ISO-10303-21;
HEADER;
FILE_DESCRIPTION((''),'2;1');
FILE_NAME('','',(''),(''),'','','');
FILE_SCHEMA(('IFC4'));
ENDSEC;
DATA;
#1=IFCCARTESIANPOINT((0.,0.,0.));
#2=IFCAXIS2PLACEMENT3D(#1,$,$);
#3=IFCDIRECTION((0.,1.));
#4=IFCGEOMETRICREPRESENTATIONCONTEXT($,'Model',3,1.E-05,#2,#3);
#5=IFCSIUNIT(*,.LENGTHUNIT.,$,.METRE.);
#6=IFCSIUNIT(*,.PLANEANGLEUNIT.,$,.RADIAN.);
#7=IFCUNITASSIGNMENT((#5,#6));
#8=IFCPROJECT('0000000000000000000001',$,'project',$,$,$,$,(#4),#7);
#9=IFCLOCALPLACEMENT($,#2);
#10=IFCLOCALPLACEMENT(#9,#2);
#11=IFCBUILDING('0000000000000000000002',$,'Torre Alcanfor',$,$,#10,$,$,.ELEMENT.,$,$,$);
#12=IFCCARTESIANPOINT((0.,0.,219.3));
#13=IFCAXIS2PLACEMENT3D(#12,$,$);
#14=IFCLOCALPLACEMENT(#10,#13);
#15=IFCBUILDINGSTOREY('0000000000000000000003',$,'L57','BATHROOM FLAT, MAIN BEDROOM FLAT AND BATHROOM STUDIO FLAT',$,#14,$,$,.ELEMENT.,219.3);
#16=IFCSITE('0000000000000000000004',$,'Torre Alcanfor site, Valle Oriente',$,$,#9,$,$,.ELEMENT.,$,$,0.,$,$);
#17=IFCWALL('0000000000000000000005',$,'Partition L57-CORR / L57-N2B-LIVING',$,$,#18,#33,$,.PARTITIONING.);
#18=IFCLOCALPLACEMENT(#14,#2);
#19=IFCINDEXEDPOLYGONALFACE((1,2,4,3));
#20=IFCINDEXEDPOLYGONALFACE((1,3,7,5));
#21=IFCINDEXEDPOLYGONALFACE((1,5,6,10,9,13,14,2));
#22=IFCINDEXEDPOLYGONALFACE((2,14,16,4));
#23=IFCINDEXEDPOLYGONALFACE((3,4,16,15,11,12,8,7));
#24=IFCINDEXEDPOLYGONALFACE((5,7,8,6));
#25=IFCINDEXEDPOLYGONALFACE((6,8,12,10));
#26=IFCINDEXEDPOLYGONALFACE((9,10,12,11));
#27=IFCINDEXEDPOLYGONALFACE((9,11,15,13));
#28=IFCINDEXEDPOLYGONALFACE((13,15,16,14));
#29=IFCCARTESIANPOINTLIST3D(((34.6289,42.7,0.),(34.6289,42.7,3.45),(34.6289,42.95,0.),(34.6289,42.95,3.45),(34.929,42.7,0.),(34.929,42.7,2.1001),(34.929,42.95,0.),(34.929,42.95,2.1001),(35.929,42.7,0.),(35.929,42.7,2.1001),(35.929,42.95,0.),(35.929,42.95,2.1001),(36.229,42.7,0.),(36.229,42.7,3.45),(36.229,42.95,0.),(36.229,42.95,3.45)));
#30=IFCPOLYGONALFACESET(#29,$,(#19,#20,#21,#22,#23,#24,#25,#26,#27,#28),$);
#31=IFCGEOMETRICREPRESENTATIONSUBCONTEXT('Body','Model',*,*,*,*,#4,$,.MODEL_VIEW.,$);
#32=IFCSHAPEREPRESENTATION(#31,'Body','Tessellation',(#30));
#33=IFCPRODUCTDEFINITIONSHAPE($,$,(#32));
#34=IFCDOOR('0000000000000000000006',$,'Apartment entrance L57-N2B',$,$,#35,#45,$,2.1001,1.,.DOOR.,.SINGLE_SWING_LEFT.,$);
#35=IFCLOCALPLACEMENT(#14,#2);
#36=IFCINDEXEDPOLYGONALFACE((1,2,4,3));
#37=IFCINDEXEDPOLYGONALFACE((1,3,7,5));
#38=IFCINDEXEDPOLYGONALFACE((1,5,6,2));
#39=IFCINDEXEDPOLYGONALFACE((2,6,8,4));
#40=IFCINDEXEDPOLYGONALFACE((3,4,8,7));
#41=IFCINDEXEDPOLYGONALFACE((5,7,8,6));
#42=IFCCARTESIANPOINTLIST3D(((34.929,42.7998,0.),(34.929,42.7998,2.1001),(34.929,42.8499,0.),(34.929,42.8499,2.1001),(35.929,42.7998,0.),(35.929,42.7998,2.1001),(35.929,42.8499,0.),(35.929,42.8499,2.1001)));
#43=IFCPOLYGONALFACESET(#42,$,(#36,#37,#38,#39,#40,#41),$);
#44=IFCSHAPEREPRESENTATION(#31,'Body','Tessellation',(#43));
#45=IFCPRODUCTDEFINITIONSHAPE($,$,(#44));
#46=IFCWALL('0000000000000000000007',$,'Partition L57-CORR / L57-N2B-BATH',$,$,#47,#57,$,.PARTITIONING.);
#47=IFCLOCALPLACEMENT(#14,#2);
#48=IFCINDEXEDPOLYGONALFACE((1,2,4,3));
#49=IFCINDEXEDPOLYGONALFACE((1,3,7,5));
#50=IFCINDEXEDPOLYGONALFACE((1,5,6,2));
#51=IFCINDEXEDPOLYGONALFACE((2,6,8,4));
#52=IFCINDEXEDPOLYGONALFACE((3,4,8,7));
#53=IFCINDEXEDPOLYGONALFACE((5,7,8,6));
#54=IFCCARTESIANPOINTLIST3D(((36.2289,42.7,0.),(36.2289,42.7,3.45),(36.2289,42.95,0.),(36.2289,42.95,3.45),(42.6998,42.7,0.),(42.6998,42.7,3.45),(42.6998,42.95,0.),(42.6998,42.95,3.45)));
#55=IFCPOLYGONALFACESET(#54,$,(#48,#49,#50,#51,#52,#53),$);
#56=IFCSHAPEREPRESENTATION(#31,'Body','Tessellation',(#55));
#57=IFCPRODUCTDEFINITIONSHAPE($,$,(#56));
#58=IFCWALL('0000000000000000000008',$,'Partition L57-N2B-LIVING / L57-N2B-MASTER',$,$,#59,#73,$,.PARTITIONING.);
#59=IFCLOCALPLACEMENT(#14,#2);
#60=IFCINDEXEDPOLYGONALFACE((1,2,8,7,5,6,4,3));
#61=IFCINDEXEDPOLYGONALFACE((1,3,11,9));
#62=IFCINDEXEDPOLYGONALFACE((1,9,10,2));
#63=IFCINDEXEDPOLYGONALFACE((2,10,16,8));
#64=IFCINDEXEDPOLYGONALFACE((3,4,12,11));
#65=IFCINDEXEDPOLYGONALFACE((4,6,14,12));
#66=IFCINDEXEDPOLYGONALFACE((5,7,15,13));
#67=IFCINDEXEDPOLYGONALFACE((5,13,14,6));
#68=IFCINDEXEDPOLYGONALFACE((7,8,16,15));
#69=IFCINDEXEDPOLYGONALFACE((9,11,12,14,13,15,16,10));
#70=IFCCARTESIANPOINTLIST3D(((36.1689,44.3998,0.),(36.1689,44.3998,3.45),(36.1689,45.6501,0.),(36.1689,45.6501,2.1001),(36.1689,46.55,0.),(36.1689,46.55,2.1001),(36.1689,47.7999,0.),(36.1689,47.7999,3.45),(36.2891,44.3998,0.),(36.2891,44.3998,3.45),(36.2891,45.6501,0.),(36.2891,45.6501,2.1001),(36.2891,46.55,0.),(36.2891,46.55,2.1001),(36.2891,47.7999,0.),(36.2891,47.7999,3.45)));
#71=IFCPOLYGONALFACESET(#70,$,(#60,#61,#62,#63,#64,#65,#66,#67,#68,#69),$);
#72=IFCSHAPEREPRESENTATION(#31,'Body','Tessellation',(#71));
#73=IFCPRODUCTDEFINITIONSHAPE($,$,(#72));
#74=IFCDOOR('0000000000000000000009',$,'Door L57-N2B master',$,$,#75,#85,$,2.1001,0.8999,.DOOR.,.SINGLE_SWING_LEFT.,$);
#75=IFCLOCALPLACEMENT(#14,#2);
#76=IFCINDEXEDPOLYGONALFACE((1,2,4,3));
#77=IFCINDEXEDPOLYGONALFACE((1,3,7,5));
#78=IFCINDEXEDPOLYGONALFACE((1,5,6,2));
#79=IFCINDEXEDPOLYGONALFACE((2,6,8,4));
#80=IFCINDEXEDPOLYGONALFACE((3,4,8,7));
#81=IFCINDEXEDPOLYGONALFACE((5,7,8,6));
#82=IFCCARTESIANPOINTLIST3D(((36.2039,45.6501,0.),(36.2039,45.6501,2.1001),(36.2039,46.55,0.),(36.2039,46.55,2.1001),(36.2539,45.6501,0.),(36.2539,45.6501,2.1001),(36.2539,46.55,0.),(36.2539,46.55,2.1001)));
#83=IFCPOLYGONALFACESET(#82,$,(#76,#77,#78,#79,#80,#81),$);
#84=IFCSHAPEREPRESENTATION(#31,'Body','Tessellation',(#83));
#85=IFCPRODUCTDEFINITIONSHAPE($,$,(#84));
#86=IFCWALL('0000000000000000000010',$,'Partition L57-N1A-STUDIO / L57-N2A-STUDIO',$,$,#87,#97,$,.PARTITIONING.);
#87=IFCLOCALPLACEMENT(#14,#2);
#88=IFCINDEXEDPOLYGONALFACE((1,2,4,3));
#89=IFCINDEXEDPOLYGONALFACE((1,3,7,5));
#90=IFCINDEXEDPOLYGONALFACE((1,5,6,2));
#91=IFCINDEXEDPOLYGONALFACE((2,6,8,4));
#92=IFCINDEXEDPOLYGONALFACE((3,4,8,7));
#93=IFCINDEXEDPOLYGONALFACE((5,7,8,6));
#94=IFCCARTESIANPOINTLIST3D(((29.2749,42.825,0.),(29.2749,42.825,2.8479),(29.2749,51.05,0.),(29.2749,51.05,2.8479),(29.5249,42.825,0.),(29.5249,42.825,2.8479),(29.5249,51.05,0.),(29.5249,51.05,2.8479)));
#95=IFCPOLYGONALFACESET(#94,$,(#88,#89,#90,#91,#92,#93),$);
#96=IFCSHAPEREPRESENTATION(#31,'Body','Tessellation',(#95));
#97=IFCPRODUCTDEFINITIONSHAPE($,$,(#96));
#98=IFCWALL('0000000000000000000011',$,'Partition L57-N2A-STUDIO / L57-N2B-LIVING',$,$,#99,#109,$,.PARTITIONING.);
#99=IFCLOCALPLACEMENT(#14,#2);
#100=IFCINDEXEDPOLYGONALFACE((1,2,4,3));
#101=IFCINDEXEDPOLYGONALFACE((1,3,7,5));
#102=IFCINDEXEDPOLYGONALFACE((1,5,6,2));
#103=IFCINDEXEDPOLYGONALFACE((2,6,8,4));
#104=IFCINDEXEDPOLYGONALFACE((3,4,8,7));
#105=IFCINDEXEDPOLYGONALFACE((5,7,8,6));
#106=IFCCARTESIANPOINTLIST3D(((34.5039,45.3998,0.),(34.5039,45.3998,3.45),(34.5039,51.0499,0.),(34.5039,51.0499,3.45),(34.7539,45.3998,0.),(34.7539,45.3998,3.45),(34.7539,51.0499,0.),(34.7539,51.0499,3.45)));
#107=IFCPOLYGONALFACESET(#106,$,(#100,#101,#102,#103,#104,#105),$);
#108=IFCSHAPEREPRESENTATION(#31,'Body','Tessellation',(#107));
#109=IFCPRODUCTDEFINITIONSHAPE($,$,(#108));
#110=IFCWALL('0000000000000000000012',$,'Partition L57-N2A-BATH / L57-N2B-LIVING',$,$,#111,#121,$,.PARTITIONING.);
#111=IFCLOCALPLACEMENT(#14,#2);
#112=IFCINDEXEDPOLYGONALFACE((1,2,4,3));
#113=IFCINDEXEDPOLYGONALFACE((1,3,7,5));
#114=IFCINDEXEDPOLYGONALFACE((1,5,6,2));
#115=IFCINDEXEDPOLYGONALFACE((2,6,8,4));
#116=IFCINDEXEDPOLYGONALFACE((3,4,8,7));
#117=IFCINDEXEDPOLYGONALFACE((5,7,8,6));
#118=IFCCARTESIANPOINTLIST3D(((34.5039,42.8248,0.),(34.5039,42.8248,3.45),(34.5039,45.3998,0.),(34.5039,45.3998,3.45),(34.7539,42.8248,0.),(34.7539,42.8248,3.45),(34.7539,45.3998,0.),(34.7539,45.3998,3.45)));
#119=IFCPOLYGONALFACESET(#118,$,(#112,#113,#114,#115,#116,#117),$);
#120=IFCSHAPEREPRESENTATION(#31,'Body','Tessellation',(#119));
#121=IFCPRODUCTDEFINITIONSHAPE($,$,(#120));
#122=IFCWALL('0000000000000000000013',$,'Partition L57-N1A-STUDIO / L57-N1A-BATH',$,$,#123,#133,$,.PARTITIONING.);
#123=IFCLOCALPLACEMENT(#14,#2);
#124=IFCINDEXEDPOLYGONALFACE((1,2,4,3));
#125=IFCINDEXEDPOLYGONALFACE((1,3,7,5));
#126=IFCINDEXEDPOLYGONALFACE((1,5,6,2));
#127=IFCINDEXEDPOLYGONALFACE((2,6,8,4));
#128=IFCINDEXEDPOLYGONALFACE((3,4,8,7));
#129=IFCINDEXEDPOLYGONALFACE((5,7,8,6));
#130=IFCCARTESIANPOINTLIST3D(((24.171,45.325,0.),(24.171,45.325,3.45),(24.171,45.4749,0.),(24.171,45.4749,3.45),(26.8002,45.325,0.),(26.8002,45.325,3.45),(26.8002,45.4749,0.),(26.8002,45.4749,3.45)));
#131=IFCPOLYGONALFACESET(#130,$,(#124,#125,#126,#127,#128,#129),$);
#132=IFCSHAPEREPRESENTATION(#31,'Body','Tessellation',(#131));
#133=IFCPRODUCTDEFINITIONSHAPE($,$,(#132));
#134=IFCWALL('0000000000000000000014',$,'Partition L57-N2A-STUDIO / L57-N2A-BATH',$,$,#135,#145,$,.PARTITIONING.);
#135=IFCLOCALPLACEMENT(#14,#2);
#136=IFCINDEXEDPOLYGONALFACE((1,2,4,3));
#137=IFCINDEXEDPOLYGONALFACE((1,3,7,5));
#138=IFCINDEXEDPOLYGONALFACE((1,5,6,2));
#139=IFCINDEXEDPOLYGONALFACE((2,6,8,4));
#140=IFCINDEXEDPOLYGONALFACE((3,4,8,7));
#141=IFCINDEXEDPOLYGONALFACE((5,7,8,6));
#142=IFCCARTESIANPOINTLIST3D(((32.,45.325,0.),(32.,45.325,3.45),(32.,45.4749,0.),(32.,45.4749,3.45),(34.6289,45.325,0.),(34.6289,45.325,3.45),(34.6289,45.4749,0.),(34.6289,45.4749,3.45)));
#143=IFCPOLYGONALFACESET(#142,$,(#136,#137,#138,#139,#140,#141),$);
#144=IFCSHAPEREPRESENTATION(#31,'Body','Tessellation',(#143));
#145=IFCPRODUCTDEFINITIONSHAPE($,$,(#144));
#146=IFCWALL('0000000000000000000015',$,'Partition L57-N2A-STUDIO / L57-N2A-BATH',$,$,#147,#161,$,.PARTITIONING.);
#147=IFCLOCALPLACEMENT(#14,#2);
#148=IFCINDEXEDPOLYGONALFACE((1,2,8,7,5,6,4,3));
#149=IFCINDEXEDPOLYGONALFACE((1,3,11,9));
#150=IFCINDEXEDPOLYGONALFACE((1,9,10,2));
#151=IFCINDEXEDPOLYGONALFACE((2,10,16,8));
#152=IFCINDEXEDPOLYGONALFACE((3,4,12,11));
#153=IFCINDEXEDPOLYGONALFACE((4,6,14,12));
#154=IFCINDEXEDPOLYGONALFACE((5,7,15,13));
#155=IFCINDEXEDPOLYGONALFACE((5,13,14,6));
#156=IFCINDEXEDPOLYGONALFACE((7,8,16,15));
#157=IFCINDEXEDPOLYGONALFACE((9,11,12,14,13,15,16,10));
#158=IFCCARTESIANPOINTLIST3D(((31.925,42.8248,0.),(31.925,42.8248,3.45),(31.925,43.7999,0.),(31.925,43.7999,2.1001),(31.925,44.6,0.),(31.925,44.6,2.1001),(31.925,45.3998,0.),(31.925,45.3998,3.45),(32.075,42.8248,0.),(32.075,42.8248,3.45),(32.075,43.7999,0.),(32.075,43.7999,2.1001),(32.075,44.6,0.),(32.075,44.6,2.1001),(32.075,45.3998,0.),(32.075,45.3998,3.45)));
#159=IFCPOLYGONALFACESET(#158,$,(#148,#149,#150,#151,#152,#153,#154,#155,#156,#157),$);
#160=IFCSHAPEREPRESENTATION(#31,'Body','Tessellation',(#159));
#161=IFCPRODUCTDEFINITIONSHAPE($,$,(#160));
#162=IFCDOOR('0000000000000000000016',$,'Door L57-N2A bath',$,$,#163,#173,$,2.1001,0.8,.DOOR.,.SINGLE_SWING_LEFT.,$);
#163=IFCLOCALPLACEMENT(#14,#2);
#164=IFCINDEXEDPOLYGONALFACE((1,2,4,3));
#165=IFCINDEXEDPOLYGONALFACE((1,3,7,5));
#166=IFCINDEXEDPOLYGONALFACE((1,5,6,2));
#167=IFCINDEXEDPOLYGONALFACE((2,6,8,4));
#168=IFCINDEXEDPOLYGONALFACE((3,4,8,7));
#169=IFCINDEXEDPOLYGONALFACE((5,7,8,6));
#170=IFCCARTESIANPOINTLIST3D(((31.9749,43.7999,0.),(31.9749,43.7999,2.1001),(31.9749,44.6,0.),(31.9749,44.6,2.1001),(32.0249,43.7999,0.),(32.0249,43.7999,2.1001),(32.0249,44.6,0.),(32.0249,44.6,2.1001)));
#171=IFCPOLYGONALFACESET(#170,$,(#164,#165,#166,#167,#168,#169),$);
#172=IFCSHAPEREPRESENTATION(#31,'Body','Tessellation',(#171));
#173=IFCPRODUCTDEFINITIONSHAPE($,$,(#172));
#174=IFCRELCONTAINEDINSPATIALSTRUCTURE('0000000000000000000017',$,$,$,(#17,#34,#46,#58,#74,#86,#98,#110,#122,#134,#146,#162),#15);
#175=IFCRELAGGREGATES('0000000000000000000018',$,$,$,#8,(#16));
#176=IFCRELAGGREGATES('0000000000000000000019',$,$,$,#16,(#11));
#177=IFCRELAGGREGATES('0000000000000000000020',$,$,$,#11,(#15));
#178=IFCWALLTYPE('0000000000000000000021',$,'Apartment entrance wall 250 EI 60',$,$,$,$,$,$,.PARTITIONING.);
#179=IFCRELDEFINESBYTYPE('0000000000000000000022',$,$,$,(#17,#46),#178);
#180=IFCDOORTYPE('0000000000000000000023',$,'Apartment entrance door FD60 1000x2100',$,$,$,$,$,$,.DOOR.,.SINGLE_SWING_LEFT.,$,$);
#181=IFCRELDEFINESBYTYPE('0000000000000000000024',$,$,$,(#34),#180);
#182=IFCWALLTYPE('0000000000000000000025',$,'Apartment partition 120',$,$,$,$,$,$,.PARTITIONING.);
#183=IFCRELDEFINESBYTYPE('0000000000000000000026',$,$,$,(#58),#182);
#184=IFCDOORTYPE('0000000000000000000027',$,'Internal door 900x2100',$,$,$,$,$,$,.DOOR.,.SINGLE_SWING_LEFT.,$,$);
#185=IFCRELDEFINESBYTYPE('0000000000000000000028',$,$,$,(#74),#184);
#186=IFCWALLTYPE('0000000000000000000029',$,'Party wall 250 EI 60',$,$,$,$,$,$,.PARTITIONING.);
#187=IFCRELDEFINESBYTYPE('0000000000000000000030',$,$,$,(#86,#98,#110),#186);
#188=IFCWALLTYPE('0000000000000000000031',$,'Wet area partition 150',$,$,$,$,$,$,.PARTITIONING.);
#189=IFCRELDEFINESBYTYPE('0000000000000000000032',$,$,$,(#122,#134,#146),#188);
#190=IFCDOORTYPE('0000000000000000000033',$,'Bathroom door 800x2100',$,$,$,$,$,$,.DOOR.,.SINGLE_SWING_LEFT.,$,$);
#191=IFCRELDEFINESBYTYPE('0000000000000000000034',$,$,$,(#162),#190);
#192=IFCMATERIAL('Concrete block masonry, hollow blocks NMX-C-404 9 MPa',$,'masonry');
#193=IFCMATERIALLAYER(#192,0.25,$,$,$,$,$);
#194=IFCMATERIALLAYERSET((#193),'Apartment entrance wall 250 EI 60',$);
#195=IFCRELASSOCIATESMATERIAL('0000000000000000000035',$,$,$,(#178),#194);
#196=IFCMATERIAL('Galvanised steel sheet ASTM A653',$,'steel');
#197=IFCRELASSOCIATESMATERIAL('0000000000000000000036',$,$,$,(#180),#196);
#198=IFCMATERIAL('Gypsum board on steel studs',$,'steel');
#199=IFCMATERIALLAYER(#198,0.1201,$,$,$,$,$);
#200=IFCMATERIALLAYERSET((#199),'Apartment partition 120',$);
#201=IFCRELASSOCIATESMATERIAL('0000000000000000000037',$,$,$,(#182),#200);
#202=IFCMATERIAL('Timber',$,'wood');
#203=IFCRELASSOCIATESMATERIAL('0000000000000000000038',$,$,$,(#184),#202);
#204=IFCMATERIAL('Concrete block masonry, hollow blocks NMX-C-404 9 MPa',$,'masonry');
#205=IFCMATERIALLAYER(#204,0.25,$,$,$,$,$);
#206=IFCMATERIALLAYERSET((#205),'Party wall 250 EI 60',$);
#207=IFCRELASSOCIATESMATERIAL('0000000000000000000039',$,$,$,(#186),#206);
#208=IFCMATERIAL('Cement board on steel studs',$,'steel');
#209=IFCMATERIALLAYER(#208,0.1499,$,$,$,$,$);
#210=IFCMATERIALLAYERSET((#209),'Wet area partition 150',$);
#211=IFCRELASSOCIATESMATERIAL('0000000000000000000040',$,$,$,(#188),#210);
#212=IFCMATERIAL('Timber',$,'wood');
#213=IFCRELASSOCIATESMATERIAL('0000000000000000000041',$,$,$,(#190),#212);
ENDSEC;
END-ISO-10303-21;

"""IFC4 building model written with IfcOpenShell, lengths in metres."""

from ifc_helpers import new_model, si_unit, direction, frame, frame_2d, origin, place, context, subcontext, project, spatial, rectangle, extrude, material, layer, layer_set, type_object, element, fill, save


model = new_model("IFC4")

# Units and contexts
model_context = context("Model", 3, precision=1e-05, world=origin(), true_north=direction((0.0, 1.0)))
body_context = subcontext(model_context, "Body", "Model", "MODEL_VIEW")
ifc_project = project(units=[si_unit("LENGTHUNIT", "METRE"), si_unit("PLANEANGLEUNIT", "RADIAN")], contexts=[model_context])

# Site, building, storey
site_placement = place(None, origin())
site = spatial("IfcSite", under=ifc_project, at=site_placement, Name="Torre Alcanfor site, Valle Oriente", CompositionType="ELEMENT", RefElevation=0.0)
building_placement = place(site_placement, origin())
building = spatial("IfcBuilding", under=site, at=building_placement, Name="Torre Alcanfor", CompositionType="ELEMENT")
storey_placement = place(building_placement, frame((0.0, 0.0, 219.3)))
storey = spatial("IfcBuildingStorey", under=building, at=storey_placement, Name="L57", Description="BATHROOM FLAT, MAIN BEDROOM FLAT AND BATHROOM STUDIO FLAT", CompositionType="ELEMENT", Elevation=219.3)

# Shared definitions
ifc_material_1 = material(Name="Concrete block masonry, hollow blocks NMX-C-404 9 MPa", Category="masonry")
ifc_layer_1 = layer(ifc_material_1, 0.25)
ifc_layer_set_1 = layer_set([ifc_layer_1], Name="Apartment entrance wall 250 EI 60")
wall_type_1 = type_object("IfcWallType", Name="Apartment entrance wall 250 EI 60", PredefinedType="PARTITIONING", material=ifc_layer_set_1)

# Wall, opening, door
wall_1_placement = place(storey_placement, frame((34.6289, 42.825, 0.0), z_axis=(0.0, 0.0, 1.0), x_axis=(1.0, 0.0, 0.0)))
wall_1 = element("IfcWall", 1, at=wall_1_placement, inside=storey, type_object=wall_type_1, Name="Partition L57-CORR / L57-N2B-LIVING", PredefinedType="PARTITIONING", context=body_context, shape_type="SweptSolid", body=[
    extrude(rectangle(XDim=1.6001, YDim=0.25, at=frame_2d((0.8, 0.0))), origin(), (0.0, 0.0, 1.0), 3.45),
])
opening_1_placement = place(wall_1_placement, frame((0.3, 0.0, 0.0)))
opening_1 = element("IfcOpeningElement", 2, at=opening_1_placement, cuts=wall_1, PredefinedType="OPENING", context=body_context, shape_type="SweptSolid", body=[
    extrude(rectangle(XDim=1.0, YDim=2.1001, at=frame_2d((0.5, 1.05))), frame((0.0, 0.135, 0.0), z_axis=(0.0, -1.0, 0.0), x_axis=(1.0, 0.0, 0.0)), (0.0, 0.0, 1.0), 0.27),
])
ifc_material_2 = material(Name="Galvanised steel sheet ASTM A653", Category="steel")
door_type_1 = type_object("IfcDoorType", Name="Apartment entrance door FD60 1000x2100", OperationType="SINGLE_SWING_LEFT", PredefinedType="DOOR", material=ifc_material_2)
door_1_placement = place(opening_1_placement, origin())
door_1 = element("IfcDoor", 3, at=door_1_placement, inside=storey, type_object=door_type_1, Name="Apartment entrance L57-N2B", OperationType="SINGLE_SWING_LEFT", OverallHeight=2.1001, OverallWidth=1.0, PredefinedType="DOOR", context=body_context, shape_type="SweptSolid", body=[
    extrude(rectangle(XDim=1.0, YDim=2.1001, at=frame_2d((0.5, 1.05))), frame((0.0, 0.0249, 0.0), z_axis=(0.0, -1.0, 0.0), x_axis=(1.0, 0.0, 0.0)), (0.0, 0.0, 1.0), 0.05),
])
fill(opening_1, door_1)

# Wall
wall_2_placement = place(storey_placement, frame((36.229, 42.825, 0.0), z_axis=(0.0, 0.0, 1.0), x_axis=(1.0, 0.0, 0.0)))
element("IfcWall", 4, at=wall_2_placement, inside=storey, type_object=wall_type_1, Name="Partition L57-CORR / L57-N2B-BATH", PredefinedType="PARTITIONING", context=body_context, shape_type="SweptSolid", body=[
    extrude(rectangle(XDim=6.4709, YDim=0.25, at=frame_2d((3.2354, 0.0))), origin(), (0.0, 0.0, 1.0), 3.45),
])

# Wall, opening, door
ifc_material_3 = material(Name="Gypsum board on steel studs", Category="steel")
ifc_layer_2 = layer(ifc_material_3, 0.1201)
ifc_layer_set_2 = layer_set([ifc_layer_2], Name="Apartment partition 120")
wall_type_2 = type_object("IfcWallType", Name="Apartment partition 120", PredefinedType="PARTITIONING", material=ifc_layer_set_2)
wall_3_placement = place(storey_placement, frame((36.229, 47.8, 0.0), z_axis=(0.0, 0.0, 1.0), x_axis=(0.0, -1.0, 0.0)))
wall_3 = element("IfcWall", 5, at=wall_3_placement, inside=storey, type_object=wall_type_2, Name="Partition L57-N2B-LIVING / L57-N2B-MASTER", PredefinedType="PARTITIONING", context=body_context, shape_type="SweptSolid", body=[
    extrude(rectangle(XDim=3.4001, YDim=0.1201, at=frame_2d((1.7002, 0.0))), origin(), (0.0, 0.0, 1.0), 3.45),
])
opening_2_placement = place(wall_3_placement, frame((1.25, 0.0, 0.0)))
opening_2 = element("IfcOpeningElement", 6, at=opening_2_placement, cuts=wall_3, PredefinedType="OPENING", context=body_context, shape_type="SweptSolid", body=[
    extrude(rectangle(XDim=0.8999, YDim=2.1001, at=frame_2d((0.45, 1.05))), frame((0.0, 0.0701, 0.0), z_axis=(0.0, -1.0, 0.0), x_axis=(1.0, 0.0, 0.0)), (0.0, 0.0, 1.0), 0.1401),
])
ifc_material_4 = material(Name="Timber", Category="wood")
door_type_2 = type_object("IfcDoorType", Name="Internal door 900x2100", OperationType="SINGLE_SWING_LEFT", PredefinedType="DOOR", material=ifc_material_4)
door_2_placement = place(opening_2_placement, origin())
door_2 = element("IfcDoor", 7, at=door_2_placement, inside=storey, type_object=door_type_2, Name="Door L57-N2B master", OperationType="SINGLE_SWING_LEFT", OverallHeight=2.1001, OverallWidth=0.8999, PredefinedType="DOOR", context=body_context, shape_type="SweptSolid", body=[
    extrude(rectangle(XDim=0.8999, YDim=2.1001, at=frame_2d((0.45, 1.05))), frame((0.0, 0.0249, 0.0), z_axis=(0.0, -1.0, 0.0), x_axis=(1.0, 0.0, 0.0)), (0.0, 0.0, 1.0), 0.05),
])
fill(opening_2, door_2)

# Walls
ifc_material_5 = material(Name="Concrete block masonry, hollow blocks NMX-C-404 9 MPa", Category="masonry")
ifc_layer_3 = layer(ifc_material_5, 0.25)
ifc_layer_set_3 = layer_set([ifc_layer_3], Name="Party wall 250 EI 60")
wall_type_3 = type_object("IfcWallType", Name="Party wall 250 EI 60", PredefinedType="PARTITIONING", material=ifc_layer_set_3)
wall_4_placement = place(storey_placement, frame((29.3999, 51.05, 0.0), z_axis=(0.0, 0.0, 1.0), x_axis=(0.0, -1.0, 0.0)))
element("IfcWall", 8, at=wall_4_placement, inside=storey, type_object=wall_type_3, Name="Partition L57-N1A-STUDIO / L57-N2A-STUDIO", PredefinedType="PARTITIONING", context=body_context, shape_type="SweptSolid", body=[
    extrude(rectangle(XDim=8.2251, YDim=0.25, at=frame_2d((4.1125, 0.0))), origin(), (0.0, 0.0, 1.0), 2.8479),
])
wall_5_placement = place(storey_placement, frame((34.6289, 51.05, 0.0), z_axis=(0.0, 0.0, 1.0), x_axis=(0.0, -1.0, 0.0)))
element("IfcWall", 9, at=wall_5_placement, inside=storey, type_object=wall_type_3, Name="Partition L57-N2A-STUDIO / L57-N2B-LIVING", PredefinedType="PARTITIONING", context=body_context, shape_type="SweptSolid", body=[
    extrude(rectangle(XDim=5.6501, YDim=0.25, at=frame_2d((2.8252, 0.0))), origin(), (0.0, 0.0, 1.0), 3.45),
])
wall_6_placement = place(storey_placement, frame((34.6289, 45.3999, 0.0), z_axis=(0.0, 0.0, 1.0), x_axis=(0.0, -1.0, 0.0)))
element("IfcWall", 10, at=wall_6_placement, inside=storey, type_object=wall_type_3, Name="Partition L57-N2A-BATH / L57-N2B-LIVING", PredefinedType="PARTITIONING", context=body_context, shape_type="SweptSolid", body=[
    extrude(rectangle(XDim=2.575, YDim=0.25, at=frame_2d((1.2876, 0.0))), origin(), (0.0, 0.0, 1.0), 3.45),
])
ifc_material_6 = material(Name="Cement board on steel studs", Category="steel")
ifc_layer_4 = layer(ifc_material_6, 0.1499)
ifc_layer_set_4 = layer_set([ifc_layer_4], Name="Wet area partition 150")
wall_type_4 = type_object("IfcWallType", Name="Wet area partition 150", PredefinedType="PARTITIONING", material=ifc_layer_set_4)
wall_7_placement = place(storey_placement, frame((26.8, 45.3999, 0.0), z_axis=(0.0, 0.0, 1.0), x_axis=(-1.0, 0.0, 0.0)))
element("IfcWall", 11, at=wall_7_placement, inside=storey, type_object=wall_type_4, Name="Partition L57-N1A-STUDIO / L57-N1A-BATH", PredefinedType="PARTITIONING", context=body_context, shape_type="SweptSolid", body=[
    extrude(rectangle(XDim=2.6292, YDim=0.1499, at=frame_2d((1.3145, 0.0))), origin(), (0.0, 0.0, 1.0), 3.45),
])
wall_8_placement = place(storey_placement, frame((34.6289, 45.3999, 0.0), z_axis=(0.0, 0.0, 1.0), x_axis=(-1.0, 0.0, 0.0)))
element("IfcWall", 12, at=wall_8_placement, inside=storey, type_object=wall_type_4, Name="Partition L57-N2A-STUDIO / L57-N2A-BATH", PredefinedType="PARTITIONING", context=body_context, shape_type="SweptSolid", body=[
    extrude(rectangle(XDim=2.6289, YDim=0.1499, at=frame_2d((1.3145, 0.0))), origin(), (0.0, 0.0, 1.0), 3.45),
])

# Wall, opening, door
wall_9_placement = place(storey_placement, frame((32.0, 45.3999, 0.0), z_axis=(0.0, 0.0, 1.0), x_axis=(0.0, -1.0, 0.0)))
wall_9 = element("IfcWall", 13, at=wall_9_placement, inside=storey, type_object=wall_type_4, Name="Partition L57-N2A-STUDIO / L57-N2A-BATH", PredefinedType="PARTITIONING", context=body_context, shape_type="SweptSolid", body=[
    extrude(rectangle(XDim=2.575, YDim=0.1499, at=frame_2d((1.2876, 0.0))), origin(), (0.0, 0.0, 1.0), 3.45),
])
opening_3_placement = place(wall_9_placement, frame((0.8, 0.0, 0.0)))
opening_3 = element("IfcOpeningElement", 14, at=opening_3_placement, cuts=wall_9, PredefinedType="OPENING", context=body_context, shape_type="SweptSolid", body=[
    extrude(rectangle(XDim=0.8, YDim=2.1001, at=frame_2d((0.3999, 1.05))), frame((0.0, 0.085, 0.0), z_axis=(0.0, -1.0, 0.0), x_axis=(1.0, 0.0, 0.0)), (0.0, 0.0, 1.0), 0.1699),
])
ifc_material_7 = material(Name="Timber", Category="wood")
door_type_3 = type_object("IfcDoorType", Name="Bathroom door 800x2100", OperationType="SINGLE_SWING_LEFT", PredefinedType="DOOR", material=ifc_material_7)
door_3_placement = place(opening_3_placement, origin())
door_3 = element("IfcDoor", 15, at=door_3_placement, inside=storey, type_object=door_type_3, Name="Door L57-N2A bath", OperationType="SINGLE_SWING_LEFT", OverallHeight=2.1001, OverallWidth=0.8, PredefinedType="DOOR", context=body_context, shape_type="SweptSolid", body=[
    extrude(rectangle(XDim=0.8, YDim=2.1001, at=frame_2d((0.3999, 1.05))), frame((0.0, 0.0249, 0.0), z_axis=(0.0, -1.0, 0.0), x_axis=(1.0, 0.0, 0.0)), (0.0, 0.0, 1.0), 0.05),
])
fill(opening_3, door_3)

save(model, "model.ifc")
